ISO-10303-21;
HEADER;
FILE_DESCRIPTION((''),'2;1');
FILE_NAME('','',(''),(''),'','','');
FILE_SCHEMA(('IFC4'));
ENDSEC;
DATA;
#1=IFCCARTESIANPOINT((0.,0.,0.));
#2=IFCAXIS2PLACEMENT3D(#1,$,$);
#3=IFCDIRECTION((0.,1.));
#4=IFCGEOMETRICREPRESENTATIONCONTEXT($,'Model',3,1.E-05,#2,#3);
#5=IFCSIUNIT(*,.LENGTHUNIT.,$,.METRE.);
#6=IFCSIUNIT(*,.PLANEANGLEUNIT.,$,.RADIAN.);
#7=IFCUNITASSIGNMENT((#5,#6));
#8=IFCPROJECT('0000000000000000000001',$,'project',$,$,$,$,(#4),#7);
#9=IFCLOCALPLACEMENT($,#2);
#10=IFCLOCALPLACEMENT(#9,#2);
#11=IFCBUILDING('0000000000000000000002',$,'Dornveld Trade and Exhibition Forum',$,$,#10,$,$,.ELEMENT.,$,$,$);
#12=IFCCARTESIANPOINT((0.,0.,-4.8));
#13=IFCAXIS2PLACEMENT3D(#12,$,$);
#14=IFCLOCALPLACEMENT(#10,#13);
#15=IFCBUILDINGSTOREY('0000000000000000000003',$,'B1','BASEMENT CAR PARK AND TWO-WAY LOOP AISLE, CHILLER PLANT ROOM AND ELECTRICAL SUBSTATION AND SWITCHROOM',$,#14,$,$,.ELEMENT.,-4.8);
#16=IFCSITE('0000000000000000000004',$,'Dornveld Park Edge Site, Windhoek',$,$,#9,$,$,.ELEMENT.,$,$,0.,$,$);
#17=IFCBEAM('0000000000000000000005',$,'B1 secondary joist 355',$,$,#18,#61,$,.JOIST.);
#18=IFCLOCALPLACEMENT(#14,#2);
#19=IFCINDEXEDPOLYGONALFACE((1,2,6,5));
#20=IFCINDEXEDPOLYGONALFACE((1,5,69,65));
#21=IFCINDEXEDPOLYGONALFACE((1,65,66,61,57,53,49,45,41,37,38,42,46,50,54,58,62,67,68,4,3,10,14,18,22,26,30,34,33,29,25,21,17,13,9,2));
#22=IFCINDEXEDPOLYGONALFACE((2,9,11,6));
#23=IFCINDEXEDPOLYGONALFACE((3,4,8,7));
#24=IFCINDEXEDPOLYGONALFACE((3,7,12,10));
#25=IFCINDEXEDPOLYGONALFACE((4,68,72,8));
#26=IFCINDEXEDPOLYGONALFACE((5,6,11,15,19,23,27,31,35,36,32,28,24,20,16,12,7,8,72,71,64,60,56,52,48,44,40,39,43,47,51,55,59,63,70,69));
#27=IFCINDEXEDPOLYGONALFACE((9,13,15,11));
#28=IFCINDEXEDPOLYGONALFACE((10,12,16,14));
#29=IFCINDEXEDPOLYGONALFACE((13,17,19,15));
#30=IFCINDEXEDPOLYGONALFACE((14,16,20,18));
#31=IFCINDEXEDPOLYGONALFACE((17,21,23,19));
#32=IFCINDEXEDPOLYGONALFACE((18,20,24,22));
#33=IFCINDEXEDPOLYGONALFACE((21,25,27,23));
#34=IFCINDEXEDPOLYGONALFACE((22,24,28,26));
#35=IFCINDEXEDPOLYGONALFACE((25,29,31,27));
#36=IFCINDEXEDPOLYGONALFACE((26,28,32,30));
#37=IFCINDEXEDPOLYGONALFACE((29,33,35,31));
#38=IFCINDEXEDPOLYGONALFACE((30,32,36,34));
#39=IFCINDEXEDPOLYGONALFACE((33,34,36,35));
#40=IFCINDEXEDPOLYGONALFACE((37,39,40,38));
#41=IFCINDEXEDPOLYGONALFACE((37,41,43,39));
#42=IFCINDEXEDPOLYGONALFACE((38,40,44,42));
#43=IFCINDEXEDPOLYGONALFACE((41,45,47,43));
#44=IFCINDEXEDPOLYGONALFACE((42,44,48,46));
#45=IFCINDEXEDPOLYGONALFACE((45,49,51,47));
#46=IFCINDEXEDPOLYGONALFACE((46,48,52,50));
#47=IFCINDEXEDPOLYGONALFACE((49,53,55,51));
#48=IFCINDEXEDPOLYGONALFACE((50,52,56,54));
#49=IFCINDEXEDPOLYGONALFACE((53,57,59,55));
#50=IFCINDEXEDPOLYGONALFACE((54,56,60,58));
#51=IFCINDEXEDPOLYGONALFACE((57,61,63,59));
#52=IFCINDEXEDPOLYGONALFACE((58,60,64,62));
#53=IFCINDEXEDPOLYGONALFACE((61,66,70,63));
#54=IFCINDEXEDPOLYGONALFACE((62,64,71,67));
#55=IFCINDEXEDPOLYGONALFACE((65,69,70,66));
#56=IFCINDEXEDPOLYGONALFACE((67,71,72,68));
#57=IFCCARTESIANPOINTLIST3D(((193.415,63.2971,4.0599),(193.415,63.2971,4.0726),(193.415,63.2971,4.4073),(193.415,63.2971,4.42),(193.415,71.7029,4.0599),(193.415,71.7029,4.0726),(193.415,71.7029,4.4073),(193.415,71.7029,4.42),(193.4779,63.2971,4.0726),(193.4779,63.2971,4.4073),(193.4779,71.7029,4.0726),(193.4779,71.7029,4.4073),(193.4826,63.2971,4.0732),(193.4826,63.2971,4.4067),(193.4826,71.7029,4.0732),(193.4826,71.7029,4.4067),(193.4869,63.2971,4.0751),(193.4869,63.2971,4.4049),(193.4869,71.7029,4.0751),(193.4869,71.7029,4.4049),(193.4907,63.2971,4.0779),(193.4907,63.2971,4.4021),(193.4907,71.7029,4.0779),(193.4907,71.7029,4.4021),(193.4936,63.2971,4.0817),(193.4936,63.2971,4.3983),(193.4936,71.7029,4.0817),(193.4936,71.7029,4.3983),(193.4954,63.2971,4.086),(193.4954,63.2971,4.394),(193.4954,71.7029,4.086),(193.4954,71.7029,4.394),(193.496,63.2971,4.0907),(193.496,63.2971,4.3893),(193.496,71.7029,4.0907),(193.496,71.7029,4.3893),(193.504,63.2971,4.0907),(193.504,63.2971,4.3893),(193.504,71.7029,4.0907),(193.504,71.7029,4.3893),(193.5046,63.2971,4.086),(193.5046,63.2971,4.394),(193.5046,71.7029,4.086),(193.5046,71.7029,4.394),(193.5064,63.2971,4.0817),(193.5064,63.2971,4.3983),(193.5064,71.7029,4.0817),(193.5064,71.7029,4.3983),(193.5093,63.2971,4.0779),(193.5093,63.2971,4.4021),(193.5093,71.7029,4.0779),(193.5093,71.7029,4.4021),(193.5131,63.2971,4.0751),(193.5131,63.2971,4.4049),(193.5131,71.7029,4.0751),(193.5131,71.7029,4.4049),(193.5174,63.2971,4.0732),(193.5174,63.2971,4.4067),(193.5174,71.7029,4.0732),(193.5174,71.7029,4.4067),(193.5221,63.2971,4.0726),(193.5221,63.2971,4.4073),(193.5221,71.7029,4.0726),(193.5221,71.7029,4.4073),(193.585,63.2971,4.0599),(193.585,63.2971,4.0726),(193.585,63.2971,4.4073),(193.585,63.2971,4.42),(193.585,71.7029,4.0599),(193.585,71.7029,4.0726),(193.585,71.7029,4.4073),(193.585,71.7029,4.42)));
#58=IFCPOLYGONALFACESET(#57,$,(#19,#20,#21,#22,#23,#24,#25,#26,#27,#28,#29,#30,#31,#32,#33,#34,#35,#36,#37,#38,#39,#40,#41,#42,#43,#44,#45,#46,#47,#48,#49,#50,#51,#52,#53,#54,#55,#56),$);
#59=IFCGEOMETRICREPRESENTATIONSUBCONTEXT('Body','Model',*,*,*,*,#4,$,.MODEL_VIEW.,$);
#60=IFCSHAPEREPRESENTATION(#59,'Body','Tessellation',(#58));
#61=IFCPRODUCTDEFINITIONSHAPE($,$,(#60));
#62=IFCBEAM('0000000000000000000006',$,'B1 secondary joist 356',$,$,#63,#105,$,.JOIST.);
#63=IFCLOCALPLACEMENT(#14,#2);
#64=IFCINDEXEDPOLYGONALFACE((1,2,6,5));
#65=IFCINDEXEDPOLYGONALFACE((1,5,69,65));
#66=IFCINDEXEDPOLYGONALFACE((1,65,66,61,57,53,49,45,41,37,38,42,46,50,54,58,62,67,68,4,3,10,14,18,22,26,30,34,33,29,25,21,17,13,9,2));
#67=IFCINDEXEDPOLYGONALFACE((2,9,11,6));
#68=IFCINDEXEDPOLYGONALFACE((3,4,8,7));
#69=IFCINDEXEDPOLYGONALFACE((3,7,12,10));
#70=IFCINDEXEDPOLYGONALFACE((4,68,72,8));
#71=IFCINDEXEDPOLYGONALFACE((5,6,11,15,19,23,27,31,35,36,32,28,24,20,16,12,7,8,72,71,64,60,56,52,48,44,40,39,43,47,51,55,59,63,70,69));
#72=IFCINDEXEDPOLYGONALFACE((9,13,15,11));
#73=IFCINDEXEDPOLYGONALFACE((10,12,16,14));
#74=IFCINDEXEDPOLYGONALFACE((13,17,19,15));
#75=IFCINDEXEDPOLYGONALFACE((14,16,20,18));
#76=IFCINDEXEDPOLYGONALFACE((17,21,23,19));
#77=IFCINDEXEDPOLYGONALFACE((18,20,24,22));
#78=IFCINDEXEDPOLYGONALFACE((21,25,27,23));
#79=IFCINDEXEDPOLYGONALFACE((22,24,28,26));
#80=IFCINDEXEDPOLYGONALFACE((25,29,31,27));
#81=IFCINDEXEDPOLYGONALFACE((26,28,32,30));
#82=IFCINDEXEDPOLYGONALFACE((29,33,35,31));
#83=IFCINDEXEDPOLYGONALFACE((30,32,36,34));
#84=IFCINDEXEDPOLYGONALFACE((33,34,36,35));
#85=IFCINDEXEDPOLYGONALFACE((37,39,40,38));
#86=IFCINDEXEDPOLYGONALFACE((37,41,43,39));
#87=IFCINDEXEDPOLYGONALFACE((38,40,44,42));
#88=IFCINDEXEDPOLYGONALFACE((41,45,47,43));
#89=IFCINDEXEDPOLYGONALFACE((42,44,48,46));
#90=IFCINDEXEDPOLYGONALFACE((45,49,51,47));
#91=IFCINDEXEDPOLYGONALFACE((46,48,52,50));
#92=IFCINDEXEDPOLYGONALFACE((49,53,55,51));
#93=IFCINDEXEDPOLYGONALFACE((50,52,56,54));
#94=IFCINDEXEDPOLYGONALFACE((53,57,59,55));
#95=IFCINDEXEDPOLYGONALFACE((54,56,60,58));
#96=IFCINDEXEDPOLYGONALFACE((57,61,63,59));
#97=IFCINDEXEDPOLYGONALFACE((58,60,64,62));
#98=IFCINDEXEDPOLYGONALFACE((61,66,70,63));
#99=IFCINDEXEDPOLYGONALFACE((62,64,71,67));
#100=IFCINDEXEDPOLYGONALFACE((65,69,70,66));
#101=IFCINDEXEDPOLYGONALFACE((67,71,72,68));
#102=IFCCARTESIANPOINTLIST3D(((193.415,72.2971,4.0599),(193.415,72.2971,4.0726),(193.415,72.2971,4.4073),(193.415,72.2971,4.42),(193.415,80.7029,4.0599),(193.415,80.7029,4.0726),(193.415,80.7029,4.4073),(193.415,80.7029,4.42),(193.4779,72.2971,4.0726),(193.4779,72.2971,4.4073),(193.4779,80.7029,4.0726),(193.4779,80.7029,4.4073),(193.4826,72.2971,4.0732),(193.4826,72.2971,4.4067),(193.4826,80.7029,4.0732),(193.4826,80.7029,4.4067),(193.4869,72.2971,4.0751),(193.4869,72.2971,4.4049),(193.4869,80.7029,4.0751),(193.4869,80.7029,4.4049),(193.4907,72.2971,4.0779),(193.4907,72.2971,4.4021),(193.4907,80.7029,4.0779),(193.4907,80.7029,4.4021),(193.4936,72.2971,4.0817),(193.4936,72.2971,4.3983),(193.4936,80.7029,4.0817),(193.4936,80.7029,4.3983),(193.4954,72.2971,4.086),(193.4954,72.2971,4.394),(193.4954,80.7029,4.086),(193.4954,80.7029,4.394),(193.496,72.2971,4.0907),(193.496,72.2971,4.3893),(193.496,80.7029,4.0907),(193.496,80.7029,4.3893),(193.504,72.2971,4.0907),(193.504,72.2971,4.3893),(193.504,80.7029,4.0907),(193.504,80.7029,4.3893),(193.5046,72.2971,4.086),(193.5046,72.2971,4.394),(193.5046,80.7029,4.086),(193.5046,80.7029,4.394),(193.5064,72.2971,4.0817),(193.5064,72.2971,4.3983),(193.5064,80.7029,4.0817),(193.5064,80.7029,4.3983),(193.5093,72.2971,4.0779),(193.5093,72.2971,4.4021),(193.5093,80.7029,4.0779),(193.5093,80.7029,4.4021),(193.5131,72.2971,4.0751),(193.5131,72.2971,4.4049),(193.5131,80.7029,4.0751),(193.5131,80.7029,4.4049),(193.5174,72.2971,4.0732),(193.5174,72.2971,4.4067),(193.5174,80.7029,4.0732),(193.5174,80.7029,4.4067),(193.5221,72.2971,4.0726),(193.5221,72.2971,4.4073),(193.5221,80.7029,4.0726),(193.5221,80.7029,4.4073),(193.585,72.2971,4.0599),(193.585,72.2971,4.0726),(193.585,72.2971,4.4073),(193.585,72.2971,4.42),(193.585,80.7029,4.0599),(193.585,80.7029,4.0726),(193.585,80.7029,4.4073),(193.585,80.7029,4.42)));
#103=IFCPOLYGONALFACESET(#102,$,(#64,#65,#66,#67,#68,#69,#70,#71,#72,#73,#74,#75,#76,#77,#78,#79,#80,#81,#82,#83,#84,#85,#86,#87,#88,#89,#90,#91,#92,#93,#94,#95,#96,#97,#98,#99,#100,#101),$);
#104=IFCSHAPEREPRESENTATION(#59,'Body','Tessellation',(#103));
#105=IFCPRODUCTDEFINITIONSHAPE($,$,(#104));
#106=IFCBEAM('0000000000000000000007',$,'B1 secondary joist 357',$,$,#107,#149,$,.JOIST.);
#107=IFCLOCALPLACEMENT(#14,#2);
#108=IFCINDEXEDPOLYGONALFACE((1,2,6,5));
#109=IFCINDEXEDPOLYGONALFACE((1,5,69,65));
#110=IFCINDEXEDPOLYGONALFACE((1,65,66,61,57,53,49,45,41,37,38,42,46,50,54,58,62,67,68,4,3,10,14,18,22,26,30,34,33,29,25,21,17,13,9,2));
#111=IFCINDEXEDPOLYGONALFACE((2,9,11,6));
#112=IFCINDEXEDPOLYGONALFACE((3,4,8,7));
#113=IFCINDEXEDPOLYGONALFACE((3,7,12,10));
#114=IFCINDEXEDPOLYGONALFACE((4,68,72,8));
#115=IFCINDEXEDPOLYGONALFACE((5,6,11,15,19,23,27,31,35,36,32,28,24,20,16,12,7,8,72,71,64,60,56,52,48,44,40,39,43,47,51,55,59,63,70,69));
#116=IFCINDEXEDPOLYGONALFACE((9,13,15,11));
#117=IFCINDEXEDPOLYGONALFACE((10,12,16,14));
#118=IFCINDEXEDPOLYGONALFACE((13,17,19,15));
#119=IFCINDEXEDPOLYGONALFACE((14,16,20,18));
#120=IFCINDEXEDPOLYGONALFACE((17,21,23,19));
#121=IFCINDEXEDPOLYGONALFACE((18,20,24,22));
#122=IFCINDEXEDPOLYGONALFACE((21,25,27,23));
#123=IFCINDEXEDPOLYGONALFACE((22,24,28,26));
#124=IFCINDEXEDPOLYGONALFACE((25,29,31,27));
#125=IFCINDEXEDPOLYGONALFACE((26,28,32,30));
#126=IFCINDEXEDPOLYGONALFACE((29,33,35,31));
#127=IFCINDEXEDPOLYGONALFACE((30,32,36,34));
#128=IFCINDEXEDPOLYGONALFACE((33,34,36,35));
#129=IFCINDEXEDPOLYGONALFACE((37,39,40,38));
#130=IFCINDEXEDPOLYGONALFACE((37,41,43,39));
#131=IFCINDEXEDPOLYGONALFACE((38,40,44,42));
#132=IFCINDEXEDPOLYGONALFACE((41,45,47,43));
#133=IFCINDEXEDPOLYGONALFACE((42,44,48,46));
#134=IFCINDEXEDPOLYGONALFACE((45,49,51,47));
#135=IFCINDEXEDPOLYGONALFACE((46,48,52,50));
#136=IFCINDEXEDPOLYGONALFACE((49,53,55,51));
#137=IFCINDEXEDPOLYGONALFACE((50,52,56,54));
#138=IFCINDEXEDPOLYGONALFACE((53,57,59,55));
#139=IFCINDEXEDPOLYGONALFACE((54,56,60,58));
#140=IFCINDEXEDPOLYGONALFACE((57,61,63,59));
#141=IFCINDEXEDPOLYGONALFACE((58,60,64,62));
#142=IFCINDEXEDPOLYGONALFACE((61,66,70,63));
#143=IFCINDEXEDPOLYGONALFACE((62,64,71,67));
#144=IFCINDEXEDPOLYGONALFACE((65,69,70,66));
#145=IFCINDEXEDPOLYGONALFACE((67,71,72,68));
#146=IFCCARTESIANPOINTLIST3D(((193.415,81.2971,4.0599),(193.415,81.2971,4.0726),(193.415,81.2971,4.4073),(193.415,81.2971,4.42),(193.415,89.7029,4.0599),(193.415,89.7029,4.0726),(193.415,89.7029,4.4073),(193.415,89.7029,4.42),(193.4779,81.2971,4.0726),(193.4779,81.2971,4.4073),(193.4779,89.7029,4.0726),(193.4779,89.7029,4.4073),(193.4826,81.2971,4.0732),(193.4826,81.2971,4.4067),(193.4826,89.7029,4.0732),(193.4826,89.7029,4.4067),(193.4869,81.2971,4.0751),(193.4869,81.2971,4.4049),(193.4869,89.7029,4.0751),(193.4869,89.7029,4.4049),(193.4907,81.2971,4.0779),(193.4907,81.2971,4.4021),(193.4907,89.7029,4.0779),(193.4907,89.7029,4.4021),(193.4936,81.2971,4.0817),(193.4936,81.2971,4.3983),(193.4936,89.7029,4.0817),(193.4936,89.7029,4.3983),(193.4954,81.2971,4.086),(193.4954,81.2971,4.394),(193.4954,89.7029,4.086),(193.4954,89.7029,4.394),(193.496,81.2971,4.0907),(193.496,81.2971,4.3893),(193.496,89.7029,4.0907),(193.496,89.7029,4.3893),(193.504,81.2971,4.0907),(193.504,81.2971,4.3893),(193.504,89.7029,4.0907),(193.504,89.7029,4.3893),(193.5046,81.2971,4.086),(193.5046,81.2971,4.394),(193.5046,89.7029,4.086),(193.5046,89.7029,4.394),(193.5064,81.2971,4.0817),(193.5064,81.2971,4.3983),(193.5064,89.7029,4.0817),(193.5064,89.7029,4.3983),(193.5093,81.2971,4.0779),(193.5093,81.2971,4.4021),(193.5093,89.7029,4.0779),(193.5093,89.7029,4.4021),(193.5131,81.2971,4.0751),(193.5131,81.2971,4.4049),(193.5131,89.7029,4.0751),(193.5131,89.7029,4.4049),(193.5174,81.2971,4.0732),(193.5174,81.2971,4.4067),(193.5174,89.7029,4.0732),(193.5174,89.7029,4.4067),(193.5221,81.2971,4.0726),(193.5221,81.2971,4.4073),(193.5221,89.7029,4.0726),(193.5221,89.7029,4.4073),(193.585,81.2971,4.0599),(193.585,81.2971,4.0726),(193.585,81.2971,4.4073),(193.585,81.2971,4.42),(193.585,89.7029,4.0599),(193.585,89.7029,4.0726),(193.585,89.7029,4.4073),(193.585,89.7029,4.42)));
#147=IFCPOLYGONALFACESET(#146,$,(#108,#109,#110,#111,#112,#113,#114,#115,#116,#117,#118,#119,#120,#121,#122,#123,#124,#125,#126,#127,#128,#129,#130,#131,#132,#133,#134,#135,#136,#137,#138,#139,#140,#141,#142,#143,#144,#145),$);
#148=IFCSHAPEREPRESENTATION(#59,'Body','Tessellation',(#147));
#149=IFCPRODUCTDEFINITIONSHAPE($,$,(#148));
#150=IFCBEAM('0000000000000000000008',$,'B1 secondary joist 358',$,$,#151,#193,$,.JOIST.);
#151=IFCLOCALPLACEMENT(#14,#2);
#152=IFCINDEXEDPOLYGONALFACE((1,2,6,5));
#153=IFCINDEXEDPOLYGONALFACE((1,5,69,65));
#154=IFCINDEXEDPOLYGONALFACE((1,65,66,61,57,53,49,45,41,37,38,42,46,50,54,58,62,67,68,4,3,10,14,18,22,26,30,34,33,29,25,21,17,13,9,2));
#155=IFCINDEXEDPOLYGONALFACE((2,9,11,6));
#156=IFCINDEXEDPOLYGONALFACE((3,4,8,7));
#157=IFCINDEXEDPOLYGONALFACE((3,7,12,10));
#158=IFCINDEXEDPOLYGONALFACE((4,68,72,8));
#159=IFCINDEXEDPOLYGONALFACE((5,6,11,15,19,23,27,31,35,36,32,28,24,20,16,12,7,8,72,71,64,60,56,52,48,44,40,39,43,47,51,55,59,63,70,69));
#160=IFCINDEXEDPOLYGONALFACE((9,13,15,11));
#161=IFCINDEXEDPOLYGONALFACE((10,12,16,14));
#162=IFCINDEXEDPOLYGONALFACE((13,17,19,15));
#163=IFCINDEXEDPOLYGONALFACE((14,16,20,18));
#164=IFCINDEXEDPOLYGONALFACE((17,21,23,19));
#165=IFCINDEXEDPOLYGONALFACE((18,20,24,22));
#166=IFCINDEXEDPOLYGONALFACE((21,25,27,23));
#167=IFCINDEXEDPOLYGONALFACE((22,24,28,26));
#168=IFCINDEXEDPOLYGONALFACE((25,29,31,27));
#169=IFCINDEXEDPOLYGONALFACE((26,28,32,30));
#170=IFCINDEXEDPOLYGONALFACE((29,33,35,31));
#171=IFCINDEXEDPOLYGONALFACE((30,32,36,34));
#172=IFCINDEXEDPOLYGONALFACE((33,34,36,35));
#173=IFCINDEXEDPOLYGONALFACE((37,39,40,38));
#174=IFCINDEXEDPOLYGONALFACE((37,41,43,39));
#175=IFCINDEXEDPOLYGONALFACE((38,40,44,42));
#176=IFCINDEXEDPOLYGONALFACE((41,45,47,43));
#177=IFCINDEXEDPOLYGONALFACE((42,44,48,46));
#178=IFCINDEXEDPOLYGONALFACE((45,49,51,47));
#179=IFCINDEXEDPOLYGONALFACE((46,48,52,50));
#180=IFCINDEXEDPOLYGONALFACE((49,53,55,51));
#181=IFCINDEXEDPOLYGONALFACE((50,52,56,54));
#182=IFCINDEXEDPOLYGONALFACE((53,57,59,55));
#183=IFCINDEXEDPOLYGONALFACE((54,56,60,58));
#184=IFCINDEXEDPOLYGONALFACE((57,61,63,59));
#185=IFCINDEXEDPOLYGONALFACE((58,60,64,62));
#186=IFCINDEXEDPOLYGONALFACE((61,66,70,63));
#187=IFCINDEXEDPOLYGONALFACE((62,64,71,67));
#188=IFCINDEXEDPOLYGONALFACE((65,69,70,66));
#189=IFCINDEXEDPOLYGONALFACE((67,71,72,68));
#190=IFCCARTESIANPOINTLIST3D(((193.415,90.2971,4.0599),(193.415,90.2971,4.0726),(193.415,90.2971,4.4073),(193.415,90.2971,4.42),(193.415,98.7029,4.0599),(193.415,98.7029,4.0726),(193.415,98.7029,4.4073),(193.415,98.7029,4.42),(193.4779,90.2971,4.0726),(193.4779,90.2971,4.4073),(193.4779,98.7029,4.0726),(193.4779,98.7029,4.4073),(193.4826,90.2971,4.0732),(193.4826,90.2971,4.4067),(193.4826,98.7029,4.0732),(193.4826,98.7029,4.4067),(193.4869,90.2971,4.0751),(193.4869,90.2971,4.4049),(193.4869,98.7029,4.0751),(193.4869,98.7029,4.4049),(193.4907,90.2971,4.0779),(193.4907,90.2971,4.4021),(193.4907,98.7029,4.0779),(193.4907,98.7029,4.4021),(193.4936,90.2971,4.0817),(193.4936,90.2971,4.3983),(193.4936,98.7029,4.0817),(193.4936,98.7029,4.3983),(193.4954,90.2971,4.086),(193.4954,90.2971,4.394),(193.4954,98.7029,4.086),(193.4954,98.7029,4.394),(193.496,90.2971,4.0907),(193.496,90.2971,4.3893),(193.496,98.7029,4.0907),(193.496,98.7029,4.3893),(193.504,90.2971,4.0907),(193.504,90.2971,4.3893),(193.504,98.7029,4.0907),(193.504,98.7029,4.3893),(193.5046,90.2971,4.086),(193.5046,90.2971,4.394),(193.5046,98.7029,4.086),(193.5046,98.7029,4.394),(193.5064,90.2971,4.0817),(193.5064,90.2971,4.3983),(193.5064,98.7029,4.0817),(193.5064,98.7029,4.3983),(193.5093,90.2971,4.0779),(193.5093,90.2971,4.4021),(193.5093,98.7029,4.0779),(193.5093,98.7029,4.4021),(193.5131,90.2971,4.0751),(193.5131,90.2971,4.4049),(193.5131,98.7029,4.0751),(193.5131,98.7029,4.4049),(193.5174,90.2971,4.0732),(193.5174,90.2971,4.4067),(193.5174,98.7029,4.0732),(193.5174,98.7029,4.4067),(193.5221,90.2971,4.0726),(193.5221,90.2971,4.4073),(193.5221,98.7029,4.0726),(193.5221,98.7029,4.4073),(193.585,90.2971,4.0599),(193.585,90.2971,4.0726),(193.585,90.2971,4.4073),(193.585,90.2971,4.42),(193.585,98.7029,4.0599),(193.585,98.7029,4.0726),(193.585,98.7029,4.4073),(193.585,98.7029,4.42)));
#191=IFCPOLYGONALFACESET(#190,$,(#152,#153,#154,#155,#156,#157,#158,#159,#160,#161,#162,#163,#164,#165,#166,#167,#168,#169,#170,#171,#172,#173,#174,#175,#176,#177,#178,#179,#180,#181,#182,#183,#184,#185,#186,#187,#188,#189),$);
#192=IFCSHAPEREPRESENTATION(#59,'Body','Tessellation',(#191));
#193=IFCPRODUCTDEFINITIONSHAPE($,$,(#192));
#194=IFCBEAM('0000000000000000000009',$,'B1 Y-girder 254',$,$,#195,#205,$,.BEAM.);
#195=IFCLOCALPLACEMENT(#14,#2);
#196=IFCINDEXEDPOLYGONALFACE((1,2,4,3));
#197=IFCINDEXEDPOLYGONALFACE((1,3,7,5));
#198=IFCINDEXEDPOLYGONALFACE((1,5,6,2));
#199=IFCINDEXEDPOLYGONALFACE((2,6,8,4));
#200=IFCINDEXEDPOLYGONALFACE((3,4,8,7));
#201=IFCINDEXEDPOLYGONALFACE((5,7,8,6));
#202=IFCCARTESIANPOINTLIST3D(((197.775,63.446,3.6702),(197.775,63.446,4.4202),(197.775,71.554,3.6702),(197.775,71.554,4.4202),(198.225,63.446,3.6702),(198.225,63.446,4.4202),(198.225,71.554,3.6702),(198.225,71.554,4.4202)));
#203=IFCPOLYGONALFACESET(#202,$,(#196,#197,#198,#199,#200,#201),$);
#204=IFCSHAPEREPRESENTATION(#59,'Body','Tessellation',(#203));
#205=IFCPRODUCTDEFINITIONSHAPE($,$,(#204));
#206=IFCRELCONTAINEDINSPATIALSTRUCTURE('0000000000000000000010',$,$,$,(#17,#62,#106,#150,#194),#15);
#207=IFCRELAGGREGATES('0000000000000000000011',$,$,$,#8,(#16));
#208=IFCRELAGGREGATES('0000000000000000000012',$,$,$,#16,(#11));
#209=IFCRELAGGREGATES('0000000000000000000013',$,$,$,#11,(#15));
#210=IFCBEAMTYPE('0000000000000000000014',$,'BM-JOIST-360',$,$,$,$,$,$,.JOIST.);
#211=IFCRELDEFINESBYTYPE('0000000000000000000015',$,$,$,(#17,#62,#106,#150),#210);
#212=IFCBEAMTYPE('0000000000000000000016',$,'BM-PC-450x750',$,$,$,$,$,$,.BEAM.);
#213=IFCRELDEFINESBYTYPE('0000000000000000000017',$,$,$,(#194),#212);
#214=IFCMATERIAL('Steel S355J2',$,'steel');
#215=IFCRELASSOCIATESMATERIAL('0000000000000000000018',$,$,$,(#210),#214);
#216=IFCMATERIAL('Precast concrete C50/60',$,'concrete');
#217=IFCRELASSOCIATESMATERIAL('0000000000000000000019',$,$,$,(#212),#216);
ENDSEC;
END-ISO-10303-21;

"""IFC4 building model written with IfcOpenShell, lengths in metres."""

from ifc_helpers import new_model, si_unit, direction, frame, origin, origin_2d, place, context, subcontext, project, spatial, rectangle, i_section, extrude, material, material_profile, profile_set, type_object, element, save


model = new_model("IFC4")

# Units and contexts
model_context = context("Model", 3, precision=1e-05, world=origin(), true_north=direction((0.0, 1.0)))
body_context = subcontext(model_context, "Body", "Model", "MODEL_VIEW")
ifc_project = project(units=[si_unit("LENGTHUNIT", "METRE"), si_unit("PLANEANGLEUNIT", "RADIAN")], contexts=[model_context])

# Site, building, storey
site_placement = place(None, origin())
site = spatial("IfcSite", under=ifc_project, at=site_placement, Name="Dornveld Park Edge Site, Windhoek", CompositionType="ELEMENT", RefElevation=0.0)
building_placement = place(site_placement, origin())
building = spatial("IfcBuilding", under=site, at=building_placement, Name="Dornveld Trade and Exhibition Forum", CompositionType="ELEMENT")
storey_placement = place(building_placement, frame((0.0, 0.0, -4.8)))
storey = spatial("IfcBuildingStorey", under=building, at=storey_placement, Name="B1", Description="BASEMENT CAR PARK AND TWO-WAY LOOP AISLE, CHILLER PLANT ROOM AND ELECTRICAL SUBSTATION AND SWITCHROOM", CompositionType="ELEMENT", Elevation=-4.8)

# Beams
ifc_material_1 = material(Name="Steel S355J2", Category="steel")
ifc_material_profile_1 = material_profile(ifc_material_1, i_section(OverallWidth=0.1699, OverallDepth=0.3601, WebThickness=0.0081, FlangeThickness=0.0127, FilletRadius=0.0181, at=origin_2d()), Name="IPE 360")
ifc_profile_set_1 = profile_set([ifc_material_profile_1], Name="Steel S355J2")
beam_type_1 = type_object("IfcBeamType", Name="BM-JOIST-360", PredefinedType="JOIST", material=ifc_profile_set_1)
for number, where, z_axis, x_axis, name in (
    (1, (193.5, 63.2971, 4.24), (0.0, 1.0, 0.0), (-1.0, 0.0, 0.0), "B1 secondary joist 355"),
    (2, (193.5, 72.2971, 4.24), (0.0, 1.0, 0.0), (-1.0, 0.0, 0.0), "B1 secondary joist 356"),
    (3, (193.5, 81.2971, 4.24), (0.0, 1.0, 0.0), (-1.0, 0.0, 0.0), "B1 secondary joist 357"),
    (4, (193.5, 90.2971, 4.24), (0.0, 1.0, 0.0), (-1.0, 0.0, 0.0), "B1 secondary joist 358"),
):
    element("IfcBeam", number, at=place(storey_placement, frame(where, z_axis=z_axis, x_axis=x_axis)), inside=storey, type_object=beam_type_1, Name=name, PredefinedType="JOIST", context=body_context, shape_type="SweptSolid", body=[
        extrude(i_section(OverallWidth=0.1699, OverallDepth=0.3601, WebThickness=0.0081, FlangeThickness=0.0127, FilletRadius=0.0181, at=origin_2d()), origin(), (0.0, 0.0, 1.0), 8.4058),
    ])
ifc_material_2 = material(Name="Precast concrete C50/60", Category="concrete")
ifc_material_profile_2 = material_profile(ifc_material_2, rectangle(XDim=0.45, YDim=0.75, at=origin_2d()), Name="PC-BM 450x750")
ifc_profile_set_2 = profile_set([ifc_material_profile_2], Name="Precast concrete C50/60")
beam_type_2 = type_object("IfcBeamType", Name="BM-PC-450x750", PredefinedType="BEAM", material=ifc_profile_set_2)
for number, where, z_axis, x_axis, name in (
    (5, (198.0, 63.446, 4.0452), (0.0, 1.0, 0.0), (-1.0, 0.0, 0.0), "B1 Y-girder 254"),
):
    element("IfcBeam", number, at=place(storey_placement, frame(where, z_axis=z_axis, x_axis=x_axis)), inside=storey, type_object=beam_type_2, Name=name, PredefinedType="BEAM", context=body_context, shape_type="SweptSolid", body=[
        extrude(rectangle(XDim=0.45, YDim=0.75, at=origin_2d()), origin(), (0.0, 0.0, 1.0), 8.1079),
    ])

save(model, "model.ifc")
